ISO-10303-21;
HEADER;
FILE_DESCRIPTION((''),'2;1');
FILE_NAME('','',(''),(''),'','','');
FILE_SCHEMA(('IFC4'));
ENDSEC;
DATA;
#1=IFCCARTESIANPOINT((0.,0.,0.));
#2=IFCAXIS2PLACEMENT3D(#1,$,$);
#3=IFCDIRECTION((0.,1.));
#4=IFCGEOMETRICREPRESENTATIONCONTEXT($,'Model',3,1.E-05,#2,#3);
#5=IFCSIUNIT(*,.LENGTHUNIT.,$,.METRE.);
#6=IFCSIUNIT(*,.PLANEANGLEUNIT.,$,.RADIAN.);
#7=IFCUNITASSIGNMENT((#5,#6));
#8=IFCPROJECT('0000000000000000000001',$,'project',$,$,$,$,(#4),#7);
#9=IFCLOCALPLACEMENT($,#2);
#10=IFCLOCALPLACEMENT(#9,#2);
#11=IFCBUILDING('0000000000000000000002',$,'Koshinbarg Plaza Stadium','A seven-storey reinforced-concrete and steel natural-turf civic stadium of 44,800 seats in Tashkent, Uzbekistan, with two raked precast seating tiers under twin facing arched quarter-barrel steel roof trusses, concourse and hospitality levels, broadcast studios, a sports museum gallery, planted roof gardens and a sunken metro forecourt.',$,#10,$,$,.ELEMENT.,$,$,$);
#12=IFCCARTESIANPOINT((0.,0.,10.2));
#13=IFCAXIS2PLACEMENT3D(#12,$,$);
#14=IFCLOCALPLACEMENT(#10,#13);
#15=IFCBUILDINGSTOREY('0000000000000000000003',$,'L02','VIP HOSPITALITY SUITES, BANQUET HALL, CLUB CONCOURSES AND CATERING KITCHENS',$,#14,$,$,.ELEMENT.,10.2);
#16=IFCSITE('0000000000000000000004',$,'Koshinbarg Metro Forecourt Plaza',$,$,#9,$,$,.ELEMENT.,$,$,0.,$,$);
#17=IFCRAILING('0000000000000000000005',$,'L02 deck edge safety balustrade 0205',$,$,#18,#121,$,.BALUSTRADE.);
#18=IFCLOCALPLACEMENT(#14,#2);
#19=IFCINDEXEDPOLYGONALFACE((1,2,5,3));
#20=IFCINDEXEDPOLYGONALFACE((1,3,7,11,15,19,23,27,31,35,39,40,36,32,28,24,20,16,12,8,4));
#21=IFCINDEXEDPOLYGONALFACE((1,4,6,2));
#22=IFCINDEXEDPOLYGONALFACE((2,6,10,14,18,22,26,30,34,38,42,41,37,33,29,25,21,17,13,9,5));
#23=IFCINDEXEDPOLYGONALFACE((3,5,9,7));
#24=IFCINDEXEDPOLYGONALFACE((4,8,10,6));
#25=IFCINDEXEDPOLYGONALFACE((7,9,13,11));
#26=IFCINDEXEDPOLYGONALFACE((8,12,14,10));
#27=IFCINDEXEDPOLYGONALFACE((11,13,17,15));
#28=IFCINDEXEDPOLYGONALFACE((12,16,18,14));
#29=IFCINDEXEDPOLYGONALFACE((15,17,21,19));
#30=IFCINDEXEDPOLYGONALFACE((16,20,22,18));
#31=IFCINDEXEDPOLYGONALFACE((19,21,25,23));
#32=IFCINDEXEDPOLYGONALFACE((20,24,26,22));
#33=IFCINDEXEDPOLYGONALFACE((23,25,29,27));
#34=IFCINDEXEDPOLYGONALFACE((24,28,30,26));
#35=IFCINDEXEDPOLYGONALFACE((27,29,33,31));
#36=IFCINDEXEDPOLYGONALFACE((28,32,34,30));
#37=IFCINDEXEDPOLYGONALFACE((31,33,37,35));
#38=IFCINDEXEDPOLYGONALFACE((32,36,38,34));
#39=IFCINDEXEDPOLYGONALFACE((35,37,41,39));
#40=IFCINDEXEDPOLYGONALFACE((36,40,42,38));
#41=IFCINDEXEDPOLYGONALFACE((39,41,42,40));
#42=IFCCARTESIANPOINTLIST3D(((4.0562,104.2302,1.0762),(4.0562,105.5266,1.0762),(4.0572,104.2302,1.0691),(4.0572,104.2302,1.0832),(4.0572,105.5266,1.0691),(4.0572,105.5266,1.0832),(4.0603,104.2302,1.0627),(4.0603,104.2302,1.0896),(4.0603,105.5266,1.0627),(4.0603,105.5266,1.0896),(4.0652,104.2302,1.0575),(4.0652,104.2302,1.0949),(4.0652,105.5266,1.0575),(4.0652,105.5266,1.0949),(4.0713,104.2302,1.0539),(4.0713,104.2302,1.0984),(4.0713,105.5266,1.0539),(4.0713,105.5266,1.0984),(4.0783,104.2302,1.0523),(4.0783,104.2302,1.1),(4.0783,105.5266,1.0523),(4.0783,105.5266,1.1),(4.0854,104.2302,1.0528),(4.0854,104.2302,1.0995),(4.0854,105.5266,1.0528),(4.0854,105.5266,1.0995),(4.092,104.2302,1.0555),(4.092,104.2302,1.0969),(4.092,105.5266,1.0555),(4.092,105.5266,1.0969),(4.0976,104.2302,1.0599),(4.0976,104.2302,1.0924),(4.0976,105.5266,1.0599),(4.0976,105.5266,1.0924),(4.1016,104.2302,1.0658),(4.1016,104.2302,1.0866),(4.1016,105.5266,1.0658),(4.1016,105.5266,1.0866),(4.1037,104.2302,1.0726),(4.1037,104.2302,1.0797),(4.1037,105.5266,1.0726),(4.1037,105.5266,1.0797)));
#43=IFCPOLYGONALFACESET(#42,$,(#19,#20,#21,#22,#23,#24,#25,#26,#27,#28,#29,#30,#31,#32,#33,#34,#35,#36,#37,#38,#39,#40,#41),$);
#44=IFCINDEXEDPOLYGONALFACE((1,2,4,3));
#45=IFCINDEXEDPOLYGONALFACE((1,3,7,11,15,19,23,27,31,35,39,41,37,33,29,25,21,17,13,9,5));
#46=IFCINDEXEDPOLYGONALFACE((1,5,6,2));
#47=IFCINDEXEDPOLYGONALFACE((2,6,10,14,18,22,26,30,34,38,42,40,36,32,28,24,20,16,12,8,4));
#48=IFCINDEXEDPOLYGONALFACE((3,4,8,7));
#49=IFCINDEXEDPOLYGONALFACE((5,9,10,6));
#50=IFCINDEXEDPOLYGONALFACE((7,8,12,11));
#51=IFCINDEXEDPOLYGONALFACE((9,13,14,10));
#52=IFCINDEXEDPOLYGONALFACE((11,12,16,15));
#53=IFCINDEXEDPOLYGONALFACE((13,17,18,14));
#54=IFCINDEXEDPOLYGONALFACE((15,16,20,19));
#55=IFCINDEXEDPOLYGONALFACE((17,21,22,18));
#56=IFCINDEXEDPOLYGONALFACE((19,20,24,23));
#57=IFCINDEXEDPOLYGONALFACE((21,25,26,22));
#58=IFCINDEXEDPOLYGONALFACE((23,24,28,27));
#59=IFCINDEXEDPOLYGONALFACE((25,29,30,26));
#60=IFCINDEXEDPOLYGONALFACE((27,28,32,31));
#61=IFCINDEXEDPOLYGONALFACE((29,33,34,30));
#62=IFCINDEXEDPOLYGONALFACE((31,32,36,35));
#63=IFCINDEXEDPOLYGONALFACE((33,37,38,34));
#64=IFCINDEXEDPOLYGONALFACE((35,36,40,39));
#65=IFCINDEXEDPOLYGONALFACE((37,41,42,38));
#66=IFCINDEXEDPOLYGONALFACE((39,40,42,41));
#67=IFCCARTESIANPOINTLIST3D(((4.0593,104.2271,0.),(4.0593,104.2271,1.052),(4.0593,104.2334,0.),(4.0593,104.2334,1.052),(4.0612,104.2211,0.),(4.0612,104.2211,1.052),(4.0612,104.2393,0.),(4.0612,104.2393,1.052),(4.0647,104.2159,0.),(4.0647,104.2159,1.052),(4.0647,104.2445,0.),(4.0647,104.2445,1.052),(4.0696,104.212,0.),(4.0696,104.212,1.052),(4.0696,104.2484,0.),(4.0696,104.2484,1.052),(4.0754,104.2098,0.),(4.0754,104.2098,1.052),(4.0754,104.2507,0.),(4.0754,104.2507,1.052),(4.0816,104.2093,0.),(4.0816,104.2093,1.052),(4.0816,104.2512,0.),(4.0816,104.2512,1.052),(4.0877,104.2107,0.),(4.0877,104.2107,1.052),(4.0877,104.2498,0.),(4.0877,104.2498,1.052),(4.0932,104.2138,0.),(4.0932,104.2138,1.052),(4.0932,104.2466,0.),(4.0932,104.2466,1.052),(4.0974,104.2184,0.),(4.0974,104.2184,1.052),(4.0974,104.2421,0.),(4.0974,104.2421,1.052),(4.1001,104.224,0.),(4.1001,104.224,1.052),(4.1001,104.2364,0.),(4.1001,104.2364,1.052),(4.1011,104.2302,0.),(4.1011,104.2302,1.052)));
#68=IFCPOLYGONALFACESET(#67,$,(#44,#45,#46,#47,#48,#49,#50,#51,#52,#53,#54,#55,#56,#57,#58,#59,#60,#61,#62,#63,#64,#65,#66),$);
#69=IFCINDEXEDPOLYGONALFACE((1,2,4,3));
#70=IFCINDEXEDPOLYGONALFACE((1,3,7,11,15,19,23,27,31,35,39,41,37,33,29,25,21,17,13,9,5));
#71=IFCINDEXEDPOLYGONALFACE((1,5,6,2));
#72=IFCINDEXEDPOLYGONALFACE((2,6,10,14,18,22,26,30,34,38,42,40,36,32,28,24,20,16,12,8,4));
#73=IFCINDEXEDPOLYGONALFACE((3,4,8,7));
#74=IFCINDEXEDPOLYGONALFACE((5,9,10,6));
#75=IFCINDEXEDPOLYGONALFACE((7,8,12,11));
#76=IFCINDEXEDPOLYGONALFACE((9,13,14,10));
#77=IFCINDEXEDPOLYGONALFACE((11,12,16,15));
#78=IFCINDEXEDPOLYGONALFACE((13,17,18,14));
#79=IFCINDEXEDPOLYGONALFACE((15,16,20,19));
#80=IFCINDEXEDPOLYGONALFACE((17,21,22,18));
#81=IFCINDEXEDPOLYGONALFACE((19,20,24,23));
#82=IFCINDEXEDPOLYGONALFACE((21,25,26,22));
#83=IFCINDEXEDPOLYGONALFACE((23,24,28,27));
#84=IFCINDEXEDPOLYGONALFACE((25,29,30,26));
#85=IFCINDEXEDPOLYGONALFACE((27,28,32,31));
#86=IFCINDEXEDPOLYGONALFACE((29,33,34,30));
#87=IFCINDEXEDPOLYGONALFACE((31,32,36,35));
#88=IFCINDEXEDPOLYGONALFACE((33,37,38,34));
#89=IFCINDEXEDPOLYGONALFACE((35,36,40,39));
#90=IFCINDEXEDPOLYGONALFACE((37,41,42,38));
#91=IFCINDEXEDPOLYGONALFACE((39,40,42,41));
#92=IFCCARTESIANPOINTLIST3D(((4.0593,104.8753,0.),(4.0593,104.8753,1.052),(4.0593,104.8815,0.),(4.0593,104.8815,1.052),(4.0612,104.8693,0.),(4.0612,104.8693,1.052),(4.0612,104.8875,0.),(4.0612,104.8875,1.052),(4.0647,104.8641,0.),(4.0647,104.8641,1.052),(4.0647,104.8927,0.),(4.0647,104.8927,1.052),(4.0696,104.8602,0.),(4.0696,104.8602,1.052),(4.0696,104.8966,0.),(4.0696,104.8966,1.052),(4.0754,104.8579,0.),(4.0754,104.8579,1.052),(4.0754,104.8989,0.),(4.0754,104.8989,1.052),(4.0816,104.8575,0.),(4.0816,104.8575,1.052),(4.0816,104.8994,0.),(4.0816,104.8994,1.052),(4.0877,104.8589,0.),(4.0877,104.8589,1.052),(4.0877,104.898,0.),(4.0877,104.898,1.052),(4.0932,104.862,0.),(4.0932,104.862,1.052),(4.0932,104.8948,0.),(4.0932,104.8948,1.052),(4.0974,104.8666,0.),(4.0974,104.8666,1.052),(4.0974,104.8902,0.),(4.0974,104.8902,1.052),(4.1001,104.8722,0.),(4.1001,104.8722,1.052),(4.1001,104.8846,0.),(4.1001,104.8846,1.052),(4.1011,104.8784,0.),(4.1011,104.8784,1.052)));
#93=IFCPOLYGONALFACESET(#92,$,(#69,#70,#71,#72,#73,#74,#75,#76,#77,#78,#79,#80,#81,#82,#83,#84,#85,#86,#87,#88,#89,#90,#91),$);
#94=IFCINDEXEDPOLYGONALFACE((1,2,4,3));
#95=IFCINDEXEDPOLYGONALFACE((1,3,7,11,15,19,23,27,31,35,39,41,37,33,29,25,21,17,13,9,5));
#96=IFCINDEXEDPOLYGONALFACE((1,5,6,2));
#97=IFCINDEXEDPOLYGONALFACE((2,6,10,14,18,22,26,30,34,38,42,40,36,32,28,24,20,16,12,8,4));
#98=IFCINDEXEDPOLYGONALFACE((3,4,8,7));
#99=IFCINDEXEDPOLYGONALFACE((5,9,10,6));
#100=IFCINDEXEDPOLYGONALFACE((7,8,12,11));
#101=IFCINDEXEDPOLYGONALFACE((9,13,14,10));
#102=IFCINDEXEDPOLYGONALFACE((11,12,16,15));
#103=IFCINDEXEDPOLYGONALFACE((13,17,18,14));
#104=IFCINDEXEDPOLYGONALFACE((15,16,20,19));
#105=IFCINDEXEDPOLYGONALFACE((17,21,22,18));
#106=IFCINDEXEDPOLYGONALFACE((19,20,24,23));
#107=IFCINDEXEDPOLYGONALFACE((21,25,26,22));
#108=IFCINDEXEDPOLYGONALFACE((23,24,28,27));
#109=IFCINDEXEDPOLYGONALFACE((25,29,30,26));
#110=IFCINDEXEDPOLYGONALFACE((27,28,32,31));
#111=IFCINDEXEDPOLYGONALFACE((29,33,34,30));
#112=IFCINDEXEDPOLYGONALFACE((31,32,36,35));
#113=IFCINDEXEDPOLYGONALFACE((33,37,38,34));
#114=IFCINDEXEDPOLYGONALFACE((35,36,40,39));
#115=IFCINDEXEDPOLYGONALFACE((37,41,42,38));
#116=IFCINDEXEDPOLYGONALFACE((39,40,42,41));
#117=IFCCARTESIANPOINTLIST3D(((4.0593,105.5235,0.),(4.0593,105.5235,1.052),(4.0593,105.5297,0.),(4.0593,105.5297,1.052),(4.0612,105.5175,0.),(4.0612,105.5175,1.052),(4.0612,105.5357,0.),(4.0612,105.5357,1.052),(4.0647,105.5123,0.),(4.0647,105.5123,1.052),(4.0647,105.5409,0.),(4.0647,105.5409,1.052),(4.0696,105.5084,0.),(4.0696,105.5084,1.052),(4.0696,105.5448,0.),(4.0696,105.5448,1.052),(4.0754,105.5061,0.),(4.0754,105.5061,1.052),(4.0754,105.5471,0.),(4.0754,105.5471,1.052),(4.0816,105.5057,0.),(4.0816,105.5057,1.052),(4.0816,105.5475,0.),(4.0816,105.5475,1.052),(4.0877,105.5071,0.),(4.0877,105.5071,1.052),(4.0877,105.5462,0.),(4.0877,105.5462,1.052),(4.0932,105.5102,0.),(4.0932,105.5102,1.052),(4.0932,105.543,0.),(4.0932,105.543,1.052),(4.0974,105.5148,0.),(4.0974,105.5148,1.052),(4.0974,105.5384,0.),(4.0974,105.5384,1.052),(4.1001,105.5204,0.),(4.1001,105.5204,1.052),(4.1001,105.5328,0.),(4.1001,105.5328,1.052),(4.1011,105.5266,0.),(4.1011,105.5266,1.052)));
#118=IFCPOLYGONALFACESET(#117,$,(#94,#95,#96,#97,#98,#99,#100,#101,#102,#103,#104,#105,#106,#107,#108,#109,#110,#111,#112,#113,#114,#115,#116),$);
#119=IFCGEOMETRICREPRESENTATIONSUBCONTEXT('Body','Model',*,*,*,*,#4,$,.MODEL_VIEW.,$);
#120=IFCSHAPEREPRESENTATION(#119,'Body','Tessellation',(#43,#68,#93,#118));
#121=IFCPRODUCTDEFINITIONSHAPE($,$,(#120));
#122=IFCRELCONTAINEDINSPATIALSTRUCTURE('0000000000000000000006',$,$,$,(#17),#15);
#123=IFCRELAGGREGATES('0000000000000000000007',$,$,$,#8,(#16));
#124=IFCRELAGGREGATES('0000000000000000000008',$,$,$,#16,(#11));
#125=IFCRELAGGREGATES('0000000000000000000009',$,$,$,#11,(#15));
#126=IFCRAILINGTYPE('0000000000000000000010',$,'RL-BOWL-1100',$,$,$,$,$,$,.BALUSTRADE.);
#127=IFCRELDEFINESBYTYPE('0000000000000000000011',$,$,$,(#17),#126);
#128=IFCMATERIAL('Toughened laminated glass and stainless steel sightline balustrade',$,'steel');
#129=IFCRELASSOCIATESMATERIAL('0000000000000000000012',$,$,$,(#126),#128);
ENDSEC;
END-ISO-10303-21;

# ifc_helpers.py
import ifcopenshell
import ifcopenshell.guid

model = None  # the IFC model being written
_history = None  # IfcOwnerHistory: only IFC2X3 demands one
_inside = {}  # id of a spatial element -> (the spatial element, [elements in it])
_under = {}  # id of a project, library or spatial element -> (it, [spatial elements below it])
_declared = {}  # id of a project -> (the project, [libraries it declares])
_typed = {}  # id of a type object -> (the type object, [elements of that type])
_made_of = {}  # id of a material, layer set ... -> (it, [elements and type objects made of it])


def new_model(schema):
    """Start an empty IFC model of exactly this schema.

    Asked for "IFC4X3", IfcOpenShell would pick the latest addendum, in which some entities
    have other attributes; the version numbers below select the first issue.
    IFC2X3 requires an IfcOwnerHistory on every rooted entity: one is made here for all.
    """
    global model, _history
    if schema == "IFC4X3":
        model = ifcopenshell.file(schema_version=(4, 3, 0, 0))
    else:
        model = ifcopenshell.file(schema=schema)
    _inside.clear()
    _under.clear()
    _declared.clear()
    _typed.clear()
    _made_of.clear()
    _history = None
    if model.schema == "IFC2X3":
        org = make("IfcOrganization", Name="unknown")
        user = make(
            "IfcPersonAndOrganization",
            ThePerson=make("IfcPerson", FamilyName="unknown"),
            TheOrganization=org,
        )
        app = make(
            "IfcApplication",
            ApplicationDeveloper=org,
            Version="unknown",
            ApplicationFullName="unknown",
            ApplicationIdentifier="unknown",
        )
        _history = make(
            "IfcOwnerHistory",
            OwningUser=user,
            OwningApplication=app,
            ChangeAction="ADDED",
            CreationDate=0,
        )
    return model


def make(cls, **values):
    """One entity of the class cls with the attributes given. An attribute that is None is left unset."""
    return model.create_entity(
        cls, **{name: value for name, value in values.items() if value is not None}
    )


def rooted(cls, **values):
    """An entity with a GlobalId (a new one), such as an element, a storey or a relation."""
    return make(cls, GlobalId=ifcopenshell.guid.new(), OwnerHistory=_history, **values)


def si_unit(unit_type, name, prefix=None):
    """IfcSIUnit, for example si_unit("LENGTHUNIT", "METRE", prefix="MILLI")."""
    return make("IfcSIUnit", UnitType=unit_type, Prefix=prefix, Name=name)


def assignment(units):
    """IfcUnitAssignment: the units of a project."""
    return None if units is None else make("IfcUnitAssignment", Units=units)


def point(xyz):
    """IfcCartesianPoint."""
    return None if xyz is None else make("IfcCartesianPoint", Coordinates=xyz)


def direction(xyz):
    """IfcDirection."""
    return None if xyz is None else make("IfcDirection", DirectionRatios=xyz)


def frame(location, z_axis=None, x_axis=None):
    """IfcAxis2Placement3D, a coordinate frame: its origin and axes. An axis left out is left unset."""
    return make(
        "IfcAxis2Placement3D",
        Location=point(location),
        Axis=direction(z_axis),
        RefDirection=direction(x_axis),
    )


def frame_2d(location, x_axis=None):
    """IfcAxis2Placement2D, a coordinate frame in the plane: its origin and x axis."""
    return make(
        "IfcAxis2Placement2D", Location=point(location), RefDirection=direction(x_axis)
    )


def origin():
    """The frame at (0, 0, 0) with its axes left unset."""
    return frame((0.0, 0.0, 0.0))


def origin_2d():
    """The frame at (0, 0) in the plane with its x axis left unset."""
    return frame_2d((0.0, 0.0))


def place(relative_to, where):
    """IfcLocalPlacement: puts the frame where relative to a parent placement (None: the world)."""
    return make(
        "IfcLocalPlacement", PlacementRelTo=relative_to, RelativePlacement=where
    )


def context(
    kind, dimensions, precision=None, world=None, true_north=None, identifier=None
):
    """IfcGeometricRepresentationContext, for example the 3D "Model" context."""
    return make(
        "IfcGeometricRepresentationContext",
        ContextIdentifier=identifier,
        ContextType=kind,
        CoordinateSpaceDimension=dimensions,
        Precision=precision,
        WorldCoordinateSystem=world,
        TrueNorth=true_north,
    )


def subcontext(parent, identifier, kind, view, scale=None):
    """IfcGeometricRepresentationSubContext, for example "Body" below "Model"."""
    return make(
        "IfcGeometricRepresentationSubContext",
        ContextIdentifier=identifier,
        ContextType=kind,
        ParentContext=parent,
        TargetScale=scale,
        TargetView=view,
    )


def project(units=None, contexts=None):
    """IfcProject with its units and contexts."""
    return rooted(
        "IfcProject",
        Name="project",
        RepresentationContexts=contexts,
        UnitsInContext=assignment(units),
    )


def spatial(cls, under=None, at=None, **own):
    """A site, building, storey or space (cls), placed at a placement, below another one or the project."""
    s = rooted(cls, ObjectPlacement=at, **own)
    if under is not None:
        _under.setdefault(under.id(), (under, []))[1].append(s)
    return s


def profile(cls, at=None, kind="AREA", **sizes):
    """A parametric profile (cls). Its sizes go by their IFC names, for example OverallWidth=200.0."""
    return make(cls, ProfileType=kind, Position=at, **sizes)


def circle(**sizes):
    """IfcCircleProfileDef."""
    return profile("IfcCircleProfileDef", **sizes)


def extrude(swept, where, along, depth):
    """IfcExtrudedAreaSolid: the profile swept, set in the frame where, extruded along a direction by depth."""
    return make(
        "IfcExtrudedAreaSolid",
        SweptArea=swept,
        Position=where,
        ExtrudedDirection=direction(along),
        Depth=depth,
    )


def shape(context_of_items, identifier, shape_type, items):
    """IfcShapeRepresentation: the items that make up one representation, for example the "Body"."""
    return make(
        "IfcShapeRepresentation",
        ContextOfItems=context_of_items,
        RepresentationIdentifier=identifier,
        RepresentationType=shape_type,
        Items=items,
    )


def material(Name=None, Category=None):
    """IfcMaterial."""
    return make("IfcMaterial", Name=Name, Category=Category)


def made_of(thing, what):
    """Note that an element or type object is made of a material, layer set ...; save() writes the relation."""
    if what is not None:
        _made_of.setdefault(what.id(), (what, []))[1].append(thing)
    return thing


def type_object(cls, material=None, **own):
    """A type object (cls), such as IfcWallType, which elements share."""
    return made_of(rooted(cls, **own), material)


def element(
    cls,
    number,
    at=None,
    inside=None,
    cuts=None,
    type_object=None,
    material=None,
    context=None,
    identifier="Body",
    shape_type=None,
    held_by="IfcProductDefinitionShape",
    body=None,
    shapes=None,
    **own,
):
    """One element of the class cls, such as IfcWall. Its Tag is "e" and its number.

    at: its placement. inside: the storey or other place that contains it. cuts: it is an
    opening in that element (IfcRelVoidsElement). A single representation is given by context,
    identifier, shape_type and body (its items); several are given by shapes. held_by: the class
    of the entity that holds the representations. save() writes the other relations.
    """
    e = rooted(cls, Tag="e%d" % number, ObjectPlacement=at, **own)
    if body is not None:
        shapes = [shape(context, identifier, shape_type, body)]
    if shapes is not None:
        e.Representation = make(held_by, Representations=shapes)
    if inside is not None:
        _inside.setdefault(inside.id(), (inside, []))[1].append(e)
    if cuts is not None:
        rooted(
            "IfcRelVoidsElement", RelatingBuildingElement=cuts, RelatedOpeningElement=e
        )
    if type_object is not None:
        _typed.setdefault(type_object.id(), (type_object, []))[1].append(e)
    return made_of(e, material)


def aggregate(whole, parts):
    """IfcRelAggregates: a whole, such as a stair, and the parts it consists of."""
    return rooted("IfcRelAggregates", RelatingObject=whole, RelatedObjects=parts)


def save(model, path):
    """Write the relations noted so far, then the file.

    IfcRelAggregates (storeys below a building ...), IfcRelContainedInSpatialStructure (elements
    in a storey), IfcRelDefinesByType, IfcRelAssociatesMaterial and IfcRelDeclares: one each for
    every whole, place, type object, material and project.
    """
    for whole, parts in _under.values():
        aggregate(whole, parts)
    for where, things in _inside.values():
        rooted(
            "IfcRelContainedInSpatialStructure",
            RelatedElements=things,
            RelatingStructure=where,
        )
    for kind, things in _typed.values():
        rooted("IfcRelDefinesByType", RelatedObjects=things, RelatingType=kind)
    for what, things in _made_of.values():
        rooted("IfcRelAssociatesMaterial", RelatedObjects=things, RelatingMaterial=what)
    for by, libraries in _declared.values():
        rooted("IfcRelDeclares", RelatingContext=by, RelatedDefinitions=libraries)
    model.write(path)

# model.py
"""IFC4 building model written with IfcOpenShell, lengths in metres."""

from ifc_helpers import new_model, si_unit, direction, frame, origin, origin_2d, place, context, subcontext, project, spatial, circle, extrude, material, type_object, element, save


model = new_model("IFC4")

# Units and contexts
model_context = context("Model", 3, precision=1e-05, world=origin(), true_north=direction((0.0, 1.0)))
body_context = subcontext(model_context, "Body", "Model", "MODEL_VIEW")
ifc_project = project(units=[si_unit("LENGTHUNIT", "METRE"), si_unit("PLANEANGLEUNIT", "RADIAN")], contexts=[model_context])

# Site, building, storey
site_placement = place(None, origin())
site = spatial("IfcSite", under=ifc_project, at=site_placement, Name="Koshinbarg Metro Forecourt Plaza", CompositionType="ELEMENT", RefElevation=0.0)
building_placement = place(site_placement, origin())
building = spatial("IfcBuilding", under=site, at=building_placement, Name="Koshinbarg Plaza Stadium", Description="A seven-storey reinforced-concrete and steel natural-turf civic stadium of 44,800 seats in Tashkent, Uzbekistan, with two raked precast seating tiers under twin facing arched quarter-barrel steel roof trusses, concourse and hospitality levels, broadcast studios, a sports museum gallery, planted roof gardens and a sunken metro forecourt.", CompositionType="ELEMENT")
storey_placement = place(building_placement, frame((0.0, 0.0, 10.2)))
storey = spatial("IfcBuildingStorey", under=building, at=storey_placement, Name="L02", Description="VIP HOSPITALITY SUITES, BANQUET HALL, CLUB CONCOURSES AND CATERING KITCHENS", CompositionType="ELEMENT", Elevation=10.2)

# Railing
ifc_material_1 = material(Name="Toughened laminated glass and stainless steel sightline balustrade", Category="steel")
railing_type = type_object("IfcRailingType", Name="RL-BOWL-1100", PredefinedType="BALUSTRADE", material=ifc_material_1)
railing_1_placement = place(storey_placement, frame((4.0801, 104.2302, 0.0)))
element("IfcRailing", 1, at=railing_1_placement, inside=storey, type_object=railing_type, Name="L02 deck edge safety balustrade 0205", PredefinedType="BALUSTRADE", context=body_context, shape_type="SweptSolid", body=[
    extrude(circle(Radius=0.0239, at=origin_2d()), frame((0.0, 0.0, 1.0762), z_axis=(0.0, 1.0, 0.0), x_axis=(-1.0, 0.0, 0.0)), (0.0, 0.0, 1.0), 1.2964),
    extrude(circle(Radius=0.021, at=origin_2d()), origin(), (0.0, 0.0, 1.0), 1.052),
    extrude(circle(Radius=0.021, at=origin_2d()), frame((0.0, 0.6482, 0.0)), (0.0, 0.0, 1.0), 1.052),
    extrude(circle(Radius=0.021, at=origin_2d()), frame((0.0, 1.2964, 0.0)), (0.0, 0.0, 1.0), 1.052),
])

save(model, "model.ifc")
